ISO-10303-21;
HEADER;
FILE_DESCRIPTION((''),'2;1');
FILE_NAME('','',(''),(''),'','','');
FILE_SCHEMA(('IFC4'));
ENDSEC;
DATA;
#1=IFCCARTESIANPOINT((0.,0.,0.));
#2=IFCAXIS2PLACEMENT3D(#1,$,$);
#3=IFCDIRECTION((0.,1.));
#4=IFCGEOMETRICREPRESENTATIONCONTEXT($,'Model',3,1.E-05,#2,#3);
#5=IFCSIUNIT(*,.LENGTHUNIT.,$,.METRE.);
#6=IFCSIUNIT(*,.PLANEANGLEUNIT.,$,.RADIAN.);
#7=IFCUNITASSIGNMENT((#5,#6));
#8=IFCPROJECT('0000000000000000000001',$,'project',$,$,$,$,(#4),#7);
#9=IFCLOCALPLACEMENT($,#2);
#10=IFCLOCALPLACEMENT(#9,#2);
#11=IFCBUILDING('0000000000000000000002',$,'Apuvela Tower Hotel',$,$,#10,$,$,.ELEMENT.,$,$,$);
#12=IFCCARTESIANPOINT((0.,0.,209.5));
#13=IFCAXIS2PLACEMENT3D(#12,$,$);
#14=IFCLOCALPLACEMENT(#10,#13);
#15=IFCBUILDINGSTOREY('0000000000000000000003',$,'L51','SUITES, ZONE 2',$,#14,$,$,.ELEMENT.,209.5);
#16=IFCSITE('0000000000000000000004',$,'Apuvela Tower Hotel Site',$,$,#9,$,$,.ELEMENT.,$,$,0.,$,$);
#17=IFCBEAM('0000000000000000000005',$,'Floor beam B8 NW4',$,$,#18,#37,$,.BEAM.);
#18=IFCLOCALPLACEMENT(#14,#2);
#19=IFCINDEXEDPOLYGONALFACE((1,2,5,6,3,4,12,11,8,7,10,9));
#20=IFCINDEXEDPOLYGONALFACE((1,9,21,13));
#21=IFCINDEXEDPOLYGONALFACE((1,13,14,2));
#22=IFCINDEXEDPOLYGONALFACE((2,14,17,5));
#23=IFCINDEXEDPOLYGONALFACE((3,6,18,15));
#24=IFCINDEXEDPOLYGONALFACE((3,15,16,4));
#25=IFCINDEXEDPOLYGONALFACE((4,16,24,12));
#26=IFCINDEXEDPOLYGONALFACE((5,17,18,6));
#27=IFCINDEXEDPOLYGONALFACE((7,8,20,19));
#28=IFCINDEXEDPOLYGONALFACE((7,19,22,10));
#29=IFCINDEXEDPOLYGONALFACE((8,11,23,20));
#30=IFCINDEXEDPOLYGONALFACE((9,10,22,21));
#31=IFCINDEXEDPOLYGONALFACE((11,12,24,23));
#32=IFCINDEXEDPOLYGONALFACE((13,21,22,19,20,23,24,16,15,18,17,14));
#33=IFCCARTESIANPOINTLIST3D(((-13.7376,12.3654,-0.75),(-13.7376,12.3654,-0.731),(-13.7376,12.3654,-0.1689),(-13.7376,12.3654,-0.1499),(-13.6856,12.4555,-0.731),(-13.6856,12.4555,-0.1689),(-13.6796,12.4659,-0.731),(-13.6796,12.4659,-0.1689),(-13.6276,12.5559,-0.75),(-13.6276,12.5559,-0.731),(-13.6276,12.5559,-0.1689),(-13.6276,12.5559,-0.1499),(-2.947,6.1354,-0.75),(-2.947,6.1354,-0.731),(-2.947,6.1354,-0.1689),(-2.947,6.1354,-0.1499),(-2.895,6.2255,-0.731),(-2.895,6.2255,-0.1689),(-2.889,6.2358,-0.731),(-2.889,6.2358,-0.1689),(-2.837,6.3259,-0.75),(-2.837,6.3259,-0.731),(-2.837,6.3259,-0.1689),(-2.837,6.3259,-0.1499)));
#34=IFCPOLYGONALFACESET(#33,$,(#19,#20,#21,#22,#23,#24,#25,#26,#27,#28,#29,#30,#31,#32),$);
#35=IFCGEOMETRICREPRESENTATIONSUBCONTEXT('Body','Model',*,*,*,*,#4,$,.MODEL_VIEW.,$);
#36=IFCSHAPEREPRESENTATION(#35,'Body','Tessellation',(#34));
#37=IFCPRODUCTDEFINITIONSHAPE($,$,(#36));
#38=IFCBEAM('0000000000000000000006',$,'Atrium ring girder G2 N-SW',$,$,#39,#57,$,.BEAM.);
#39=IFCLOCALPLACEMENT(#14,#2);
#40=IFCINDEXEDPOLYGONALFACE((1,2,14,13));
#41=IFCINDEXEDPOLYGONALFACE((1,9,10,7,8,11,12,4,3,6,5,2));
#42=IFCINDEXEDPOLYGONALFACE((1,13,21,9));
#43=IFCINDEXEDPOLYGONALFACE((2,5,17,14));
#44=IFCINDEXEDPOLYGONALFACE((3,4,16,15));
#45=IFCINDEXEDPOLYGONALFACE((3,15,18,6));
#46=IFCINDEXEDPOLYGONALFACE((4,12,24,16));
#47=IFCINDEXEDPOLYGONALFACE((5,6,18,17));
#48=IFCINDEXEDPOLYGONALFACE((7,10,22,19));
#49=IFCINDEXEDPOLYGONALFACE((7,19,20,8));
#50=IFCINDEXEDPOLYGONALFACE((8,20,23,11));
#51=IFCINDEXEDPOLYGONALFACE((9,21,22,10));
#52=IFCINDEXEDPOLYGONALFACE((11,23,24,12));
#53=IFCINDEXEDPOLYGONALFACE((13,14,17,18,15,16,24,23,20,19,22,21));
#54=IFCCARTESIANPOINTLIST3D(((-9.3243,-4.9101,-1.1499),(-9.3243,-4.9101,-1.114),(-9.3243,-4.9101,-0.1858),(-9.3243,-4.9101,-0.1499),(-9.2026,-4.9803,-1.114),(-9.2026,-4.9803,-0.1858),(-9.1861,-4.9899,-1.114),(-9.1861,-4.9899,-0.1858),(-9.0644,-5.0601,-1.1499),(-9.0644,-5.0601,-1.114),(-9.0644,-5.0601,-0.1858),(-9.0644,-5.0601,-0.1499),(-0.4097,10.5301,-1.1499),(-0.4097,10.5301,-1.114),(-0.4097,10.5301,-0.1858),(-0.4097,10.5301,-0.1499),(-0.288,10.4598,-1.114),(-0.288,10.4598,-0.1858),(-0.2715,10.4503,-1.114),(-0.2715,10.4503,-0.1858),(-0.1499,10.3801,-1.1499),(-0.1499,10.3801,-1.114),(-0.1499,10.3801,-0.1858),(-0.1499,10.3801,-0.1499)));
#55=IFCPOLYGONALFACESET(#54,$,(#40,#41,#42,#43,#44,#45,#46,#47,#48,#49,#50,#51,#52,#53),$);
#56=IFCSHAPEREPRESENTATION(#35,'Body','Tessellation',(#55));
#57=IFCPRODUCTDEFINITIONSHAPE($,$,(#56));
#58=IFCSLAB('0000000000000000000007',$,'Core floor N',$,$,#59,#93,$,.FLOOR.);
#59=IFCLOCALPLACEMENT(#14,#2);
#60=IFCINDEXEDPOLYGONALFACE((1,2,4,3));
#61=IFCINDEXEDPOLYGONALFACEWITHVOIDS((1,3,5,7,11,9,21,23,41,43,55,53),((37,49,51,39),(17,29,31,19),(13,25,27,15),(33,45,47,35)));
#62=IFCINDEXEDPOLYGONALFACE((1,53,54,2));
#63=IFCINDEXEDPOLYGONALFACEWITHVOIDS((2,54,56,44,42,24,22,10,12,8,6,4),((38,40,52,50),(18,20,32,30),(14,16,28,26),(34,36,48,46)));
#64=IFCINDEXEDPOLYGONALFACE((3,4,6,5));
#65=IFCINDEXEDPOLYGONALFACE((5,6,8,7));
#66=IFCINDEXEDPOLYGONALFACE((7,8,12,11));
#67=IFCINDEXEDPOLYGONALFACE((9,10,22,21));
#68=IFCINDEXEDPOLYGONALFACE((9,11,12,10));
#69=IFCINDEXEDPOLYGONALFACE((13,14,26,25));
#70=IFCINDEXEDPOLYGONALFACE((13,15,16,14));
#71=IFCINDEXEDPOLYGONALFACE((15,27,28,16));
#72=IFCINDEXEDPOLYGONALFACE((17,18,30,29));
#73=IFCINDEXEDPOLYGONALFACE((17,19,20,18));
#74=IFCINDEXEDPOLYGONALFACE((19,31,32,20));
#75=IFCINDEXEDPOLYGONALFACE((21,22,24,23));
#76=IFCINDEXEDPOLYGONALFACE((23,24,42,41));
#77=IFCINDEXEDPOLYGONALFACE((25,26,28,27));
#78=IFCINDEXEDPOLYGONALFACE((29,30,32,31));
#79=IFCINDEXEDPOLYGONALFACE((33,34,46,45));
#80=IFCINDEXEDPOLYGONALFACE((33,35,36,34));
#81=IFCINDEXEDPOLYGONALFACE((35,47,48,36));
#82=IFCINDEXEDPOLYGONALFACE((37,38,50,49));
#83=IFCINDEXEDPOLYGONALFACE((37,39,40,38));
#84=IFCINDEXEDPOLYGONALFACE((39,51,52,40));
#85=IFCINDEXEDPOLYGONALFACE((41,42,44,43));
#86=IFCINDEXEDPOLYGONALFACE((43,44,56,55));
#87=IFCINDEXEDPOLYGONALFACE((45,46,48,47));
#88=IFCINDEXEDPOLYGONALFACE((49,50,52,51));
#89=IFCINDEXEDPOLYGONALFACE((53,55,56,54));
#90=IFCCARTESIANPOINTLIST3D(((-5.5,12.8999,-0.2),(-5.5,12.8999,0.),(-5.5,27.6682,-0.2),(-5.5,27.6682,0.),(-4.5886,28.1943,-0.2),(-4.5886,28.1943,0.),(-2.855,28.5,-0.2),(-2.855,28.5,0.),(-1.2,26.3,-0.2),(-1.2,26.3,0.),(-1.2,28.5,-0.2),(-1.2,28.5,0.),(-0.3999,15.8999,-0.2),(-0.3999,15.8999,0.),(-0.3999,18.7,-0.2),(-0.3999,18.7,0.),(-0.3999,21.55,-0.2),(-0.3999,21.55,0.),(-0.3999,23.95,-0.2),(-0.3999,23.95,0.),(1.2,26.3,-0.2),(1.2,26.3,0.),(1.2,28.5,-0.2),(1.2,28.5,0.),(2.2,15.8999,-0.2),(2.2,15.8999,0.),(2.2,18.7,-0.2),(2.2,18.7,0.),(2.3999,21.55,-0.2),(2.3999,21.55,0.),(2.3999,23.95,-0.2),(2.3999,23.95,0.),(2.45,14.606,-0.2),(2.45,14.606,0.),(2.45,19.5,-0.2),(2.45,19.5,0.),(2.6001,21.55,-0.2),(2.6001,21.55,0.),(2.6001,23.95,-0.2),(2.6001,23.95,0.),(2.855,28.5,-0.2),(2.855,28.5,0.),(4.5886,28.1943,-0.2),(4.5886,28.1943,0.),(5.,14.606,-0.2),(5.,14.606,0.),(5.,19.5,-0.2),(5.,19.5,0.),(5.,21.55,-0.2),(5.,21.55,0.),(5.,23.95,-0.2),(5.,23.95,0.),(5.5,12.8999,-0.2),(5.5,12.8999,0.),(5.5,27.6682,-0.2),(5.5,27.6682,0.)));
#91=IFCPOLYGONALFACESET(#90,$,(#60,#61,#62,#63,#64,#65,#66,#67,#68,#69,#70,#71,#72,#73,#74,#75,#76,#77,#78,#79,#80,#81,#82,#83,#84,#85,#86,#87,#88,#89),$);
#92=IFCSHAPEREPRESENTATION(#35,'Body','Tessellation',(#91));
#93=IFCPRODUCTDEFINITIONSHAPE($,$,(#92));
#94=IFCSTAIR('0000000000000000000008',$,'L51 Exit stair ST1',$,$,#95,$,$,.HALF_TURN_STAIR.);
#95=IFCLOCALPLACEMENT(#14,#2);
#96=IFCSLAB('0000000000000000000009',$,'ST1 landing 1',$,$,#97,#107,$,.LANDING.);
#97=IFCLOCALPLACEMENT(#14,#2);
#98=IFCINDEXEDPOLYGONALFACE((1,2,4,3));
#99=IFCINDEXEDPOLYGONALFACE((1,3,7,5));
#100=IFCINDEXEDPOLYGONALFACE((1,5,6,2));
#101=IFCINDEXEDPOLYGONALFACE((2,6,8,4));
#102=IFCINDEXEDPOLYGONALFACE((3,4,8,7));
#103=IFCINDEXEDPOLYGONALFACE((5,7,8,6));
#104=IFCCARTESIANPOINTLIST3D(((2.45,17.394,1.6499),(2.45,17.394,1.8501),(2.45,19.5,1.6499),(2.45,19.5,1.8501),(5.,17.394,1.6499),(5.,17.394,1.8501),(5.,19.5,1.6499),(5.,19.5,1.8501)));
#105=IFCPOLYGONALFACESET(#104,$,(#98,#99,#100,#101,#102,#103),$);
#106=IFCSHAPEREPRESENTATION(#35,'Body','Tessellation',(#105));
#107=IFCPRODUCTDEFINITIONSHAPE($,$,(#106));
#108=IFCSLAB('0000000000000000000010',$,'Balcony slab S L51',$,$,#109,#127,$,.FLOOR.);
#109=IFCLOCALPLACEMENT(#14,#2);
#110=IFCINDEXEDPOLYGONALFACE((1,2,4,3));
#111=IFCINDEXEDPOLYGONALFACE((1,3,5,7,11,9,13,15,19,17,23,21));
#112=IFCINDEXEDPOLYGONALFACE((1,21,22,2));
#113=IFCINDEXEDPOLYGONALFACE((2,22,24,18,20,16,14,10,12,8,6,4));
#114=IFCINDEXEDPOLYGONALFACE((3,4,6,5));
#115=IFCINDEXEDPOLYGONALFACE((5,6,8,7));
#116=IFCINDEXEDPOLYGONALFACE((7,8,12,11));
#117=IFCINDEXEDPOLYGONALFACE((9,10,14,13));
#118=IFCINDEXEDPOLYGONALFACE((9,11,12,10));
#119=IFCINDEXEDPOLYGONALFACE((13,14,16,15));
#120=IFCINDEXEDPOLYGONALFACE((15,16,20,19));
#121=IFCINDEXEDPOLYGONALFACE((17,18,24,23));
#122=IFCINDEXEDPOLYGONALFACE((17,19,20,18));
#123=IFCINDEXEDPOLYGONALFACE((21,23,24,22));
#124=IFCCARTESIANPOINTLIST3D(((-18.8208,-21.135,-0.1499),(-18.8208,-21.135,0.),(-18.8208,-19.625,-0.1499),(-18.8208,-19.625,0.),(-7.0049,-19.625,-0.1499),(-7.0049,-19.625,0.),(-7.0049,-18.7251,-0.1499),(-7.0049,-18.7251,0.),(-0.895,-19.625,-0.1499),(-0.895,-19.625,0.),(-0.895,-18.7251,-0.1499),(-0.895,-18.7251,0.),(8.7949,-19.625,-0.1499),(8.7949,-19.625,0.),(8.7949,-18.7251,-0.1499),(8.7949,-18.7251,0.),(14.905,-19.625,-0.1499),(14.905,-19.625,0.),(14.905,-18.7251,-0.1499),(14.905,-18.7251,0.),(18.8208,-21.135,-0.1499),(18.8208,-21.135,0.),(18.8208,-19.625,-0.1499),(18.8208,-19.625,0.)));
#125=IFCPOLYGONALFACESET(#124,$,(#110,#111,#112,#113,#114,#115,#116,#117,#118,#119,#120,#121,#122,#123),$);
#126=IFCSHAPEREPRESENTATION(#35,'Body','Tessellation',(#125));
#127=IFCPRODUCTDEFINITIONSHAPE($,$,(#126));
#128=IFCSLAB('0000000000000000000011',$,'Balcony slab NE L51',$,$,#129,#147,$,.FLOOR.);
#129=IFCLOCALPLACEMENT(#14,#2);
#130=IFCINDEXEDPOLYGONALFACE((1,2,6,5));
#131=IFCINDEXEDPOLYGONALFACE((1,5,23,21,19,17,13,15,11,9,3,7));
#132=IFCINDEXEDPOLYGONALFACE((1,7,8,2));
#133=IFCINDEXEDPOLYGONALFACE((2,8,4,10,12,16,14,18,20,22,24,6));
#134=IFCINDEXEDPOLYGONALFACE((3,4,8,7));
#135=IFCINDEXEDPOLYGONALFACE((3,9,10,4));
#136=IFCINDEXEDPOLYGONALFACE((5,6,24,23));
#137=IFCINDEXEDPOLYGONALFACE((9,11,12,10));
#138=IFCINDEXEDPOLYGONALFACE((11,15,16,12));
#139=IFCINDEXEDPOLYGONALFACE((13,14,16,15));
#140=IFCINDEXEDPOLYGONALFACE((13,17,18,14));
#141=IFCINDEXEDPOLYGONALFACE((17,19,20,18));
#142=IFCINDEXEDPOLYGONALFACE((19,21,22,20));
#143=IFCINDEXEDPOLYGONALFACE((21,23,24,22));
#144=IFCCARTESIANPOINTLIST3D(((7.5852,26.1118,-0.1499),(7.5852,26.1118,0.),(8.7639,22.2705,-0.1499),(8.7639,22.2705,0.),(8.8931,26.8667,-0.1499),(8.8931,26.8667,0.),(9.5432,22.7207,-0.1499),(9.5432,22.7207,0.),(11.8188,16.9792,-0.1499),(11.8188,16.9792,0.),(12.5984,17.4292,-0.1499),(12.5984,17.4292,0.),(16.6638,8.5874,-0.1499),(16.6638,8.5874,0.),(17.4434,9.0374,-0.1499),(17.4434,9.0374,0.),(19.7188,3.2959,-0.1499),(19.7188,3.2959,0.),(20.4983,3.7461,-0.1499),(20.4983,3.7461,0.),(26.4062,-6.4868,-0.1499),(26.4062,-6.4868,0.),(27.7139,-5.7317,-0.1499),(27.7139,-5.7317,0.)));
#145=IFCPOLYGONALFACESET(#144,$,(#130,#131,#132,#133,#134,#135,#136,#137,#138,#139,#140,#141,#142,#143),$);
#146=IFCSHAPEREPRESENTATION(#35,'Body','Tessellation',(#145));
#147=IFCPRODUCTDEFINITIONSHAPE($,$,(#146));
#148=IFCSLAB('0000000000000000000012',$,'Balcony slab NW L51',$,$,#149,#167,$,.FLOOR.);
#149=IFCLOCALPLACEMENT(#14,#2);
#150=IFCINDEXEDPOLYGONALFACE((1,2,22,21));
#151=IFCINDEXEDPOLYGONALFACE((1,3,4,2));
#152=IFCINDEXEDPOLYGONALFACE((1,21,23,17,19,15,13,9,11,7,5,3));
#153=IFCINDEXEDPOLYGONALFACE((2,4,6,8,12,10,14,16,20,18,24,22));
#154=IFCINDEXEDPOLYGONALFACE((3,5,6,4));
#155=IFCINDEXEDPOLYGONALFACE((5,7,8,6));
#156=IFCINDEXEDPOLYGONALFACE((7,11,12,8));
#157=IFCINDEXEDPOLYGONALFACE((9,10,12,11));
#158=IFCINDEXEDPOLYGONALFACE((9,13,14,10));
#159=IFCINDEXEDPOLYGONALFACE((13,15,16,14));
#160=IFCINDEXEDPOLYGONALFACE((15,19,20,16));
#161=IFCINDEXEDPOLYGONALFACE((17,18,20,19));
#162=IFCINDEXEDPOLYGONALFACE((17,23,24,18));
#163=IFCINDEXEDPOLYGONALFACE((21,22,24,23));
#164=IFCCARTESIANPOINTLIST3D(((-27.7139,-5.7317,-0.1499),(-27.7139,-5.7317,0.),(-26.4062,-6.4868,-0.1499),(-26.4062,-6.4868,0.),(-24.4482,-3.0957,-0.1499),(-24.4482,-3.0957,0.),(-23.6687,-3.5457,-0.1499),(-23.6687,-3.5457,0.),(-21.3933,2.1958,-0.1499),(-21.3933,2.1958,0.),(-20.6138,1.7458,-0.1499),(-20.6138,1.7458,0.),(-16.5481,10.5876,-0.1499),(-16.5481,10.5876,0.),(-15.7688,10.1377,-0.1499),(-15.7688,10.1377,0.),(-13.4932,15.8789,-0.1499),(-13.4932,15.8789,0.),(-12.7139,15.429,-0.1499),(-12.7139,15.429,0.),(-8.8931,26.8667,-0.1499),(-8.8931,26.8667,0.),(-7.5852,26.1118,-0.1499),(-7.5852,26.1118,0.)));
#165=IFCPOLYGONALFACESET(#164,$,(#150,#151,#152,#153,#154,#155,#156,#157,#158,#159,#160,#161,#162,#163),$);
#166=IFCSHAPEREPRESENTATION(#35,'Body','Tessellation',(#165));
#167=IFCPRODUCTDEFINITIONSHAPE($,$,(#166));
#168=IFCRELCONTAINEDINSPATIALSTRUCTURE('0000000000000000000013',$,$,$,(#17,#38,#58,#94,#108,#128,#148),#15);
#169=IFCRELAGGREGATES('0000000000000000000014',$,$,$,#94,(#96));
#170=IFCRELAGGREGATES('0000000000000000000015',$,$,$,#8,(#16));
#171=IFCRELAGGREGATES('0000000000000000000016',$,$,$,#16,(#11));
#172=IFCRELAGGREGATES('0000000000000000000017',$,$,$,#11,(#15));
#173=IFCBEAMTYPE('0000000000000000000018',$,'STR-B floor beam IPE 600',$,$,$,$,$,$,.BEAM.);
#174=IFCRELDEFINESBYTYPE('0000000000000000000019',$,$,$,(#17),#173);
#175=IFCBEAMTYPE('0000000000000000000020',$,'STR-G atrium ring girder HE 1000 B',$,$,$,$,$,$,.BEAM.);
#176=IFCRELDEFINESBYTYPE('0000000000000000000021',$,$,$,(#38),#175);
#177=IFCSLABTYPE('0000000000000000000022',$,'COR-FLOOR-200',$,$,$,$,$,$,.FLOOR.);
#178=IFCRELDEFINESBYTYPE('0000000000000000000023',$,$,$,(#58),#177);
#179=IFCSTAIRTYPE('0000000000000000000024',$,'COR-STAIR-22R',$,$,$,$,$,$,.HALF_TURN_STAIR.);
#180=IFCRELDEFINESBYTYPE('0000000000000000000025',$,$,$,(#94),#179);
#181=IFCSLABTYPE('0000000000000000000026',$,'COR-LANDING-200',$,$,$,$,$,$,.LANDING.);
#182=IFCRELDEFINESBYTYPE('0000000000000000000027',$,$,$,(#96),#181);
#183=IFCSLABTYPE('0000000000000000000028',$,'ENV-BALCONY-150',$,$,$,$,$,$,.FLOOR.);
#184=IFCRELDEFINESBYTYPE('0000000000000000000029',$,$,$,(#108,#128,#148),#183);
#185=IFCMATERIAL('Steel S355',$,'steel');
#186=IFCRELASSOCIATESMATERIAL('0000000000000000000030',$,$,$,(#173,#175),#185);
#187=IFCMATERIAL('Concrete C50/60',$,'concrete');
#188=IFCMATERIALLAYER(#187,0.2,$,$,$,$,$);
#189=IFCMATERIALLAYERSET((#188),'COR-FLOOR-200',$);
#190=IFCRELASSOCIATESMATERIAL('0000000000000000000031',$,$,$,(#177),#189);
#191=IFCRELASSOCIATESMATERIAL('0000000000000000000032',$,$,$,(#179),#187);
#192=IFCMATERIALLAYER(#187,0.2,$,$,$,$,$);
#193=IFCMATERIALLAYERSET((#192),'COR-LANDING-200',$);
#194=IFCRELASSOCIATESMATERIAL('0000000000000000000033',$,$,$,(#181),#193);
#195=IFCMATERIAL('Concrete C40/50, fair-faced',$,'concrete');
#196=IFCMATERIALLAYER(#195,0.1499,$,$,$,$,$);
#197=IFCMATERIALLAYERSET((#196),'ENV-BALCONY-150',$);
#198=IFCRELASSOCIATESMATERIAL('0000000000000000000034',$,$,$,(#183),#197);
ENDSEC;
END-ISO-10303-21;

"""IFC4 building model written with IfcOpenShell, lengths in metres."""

from ifc_helpers import new_model, si_unit, direction, frame, origin, origin_2d, place, context, subcontext, project, spatial, polyline, i_section, outline, extrude, material, layer, layer_set, material_profile, profile_set, type_object, element, aggregate, save


model = new_model("IFC4")

# Units and contexts
model_context = context("Model", 3, precision=1e-05, world=origin(), true_north=direction((0.0, 1.0)))
body_context = subcontext(model_context, "Body", "Model", "MODEL_VIEW")
ifc_project = project(units=[si_unit("LENGTHUNIT", "METRE"), si_unit("PLANEANGLEUNIT", "RADIAN")], contexts=[model_context])

# Site, building, storey
site_placement = place(None, origin())
site = spatial("IfcSite", under=ifc_project, at=site_placement, Name="Apuvela Tower Hotel Site", CompositionType="ELEMENT", RefElevation=0.0)
building_placement = place(site_placement, origin())
building = spatial("IfcBuilding", under=site, at=building_placement, Name="Apuvela Tower Hotel", CompositionType="ELEMENT")
storey_placement = place(building_placement, frame((0.0, 0.0, 209.5)))
storey = spatial("IfcBuildingStorey", under=building, at=storey_placement, Name="L51", Description="SUITES, ZONE 2", CompositionType="ELEMENT", Elevation=209.5)

# Beams
ifc_material_1 = material(Name="Steel S355", Category="steel")
ifc_material_profile_1 = material_profile(ifc_material_1, i_section(OverallWidth=0.22, OverallDepth=0.6001, WebThickness=0.012, FlangeThickness=0.019, at=origin_2d()), Name="IPE 600")
ifc_profile_set_1 = profile_set([ifc_material_profile_1], Name="Steel S355")
beam_type_1 = type_object("IfcBeamType", Name="STR-B floor beam IPE 600", PredefinedType="BEAM", material=ifc_profile_set_1)
beam_1_placement = place(storey_placement, frame((-13.6826, 12.4607, -0.45), z_axis=(0.866023, -0.500004, 0.0), x_axis=(0.500004, 0.866023, 0.0)))
element("IfcBeam", 1, at=beam_1_placement, inside=storey, type_object=beam_type_1, Name="Floor beam B8 NW4", PredefinedType="BEAM", context=body_context, shape_type="SweptSolid", body=[
    extrude(i_section(OverallWidth=0.22, OverallDepth=0.6001, WebThickness=0.012, FlangeThickness=0.019, at=origin_2d()), origin(), (0.0, 0.0, 1.0), 12.46),
])
ifc_material_profile_2 = material_profile(ifc_material_1, i_section(OverallWidth=0.3, OverallDepth=1.0, WebThickness=0.019, FlangeThickness=0.0359, at=origin_2d()), Name="HE 1000 B")
ifc_profile_set_2 = profile_set([ifc_material_profile_2], Name="Steel S355")
beam_type_2 = type_object("IfcBeamType", Name="STR-G atrium ring girder HE 1000 B", PredefinedType="BEAM", material=ifc_profile_set_2)
beam_2_placement = place(storey_placement, frame((-0.2798, 10.4551, -0.6499), z_axis=(-0.500007, -0.866022, 0.0), x_axis=(0.866022, -0.500007, 0.0)))
element("IfcBeam", 2, at=beam_2_placement, inside=storey, type_object=beam_type_2, Name="Atrium ring girder G2 N-SW", PredefinedType="BEAM", context=body_context, shape_type="SweptSolid", body=[
    extrude(i_section(OverallWidth=0.3, OverallDepth=1.0, WebThickness=0.019, FlangeThickness=0.0359, at=origin_2d()), origin(), (0.0, 0.0, 1.0), 17.8289),
])

# Slab
ifc_material_2 = material(Name="Concrete C50/60", Category="concrete")
ifc_layer_1 = layer(ifc_material_2, 0.2)
ifc_layer_set_1 = layer_set([ifc_layer_1], Name="COR-FLOOR-200")
slab_type_1 = type_object("IfcSlabType", Name="COR-FLOOR-200", PredefinedType="FLOOR", material=ifc_layer_set_1)
slab_1_placement = place(storey_placement, frame((0.0, 0.0, -0.2)))
element("IfcSlab", 3, at=slab_1_placement, inside=storey, type_object=slab_type_1, Name="Core floor N", PredefinedType="FLOOR", context=body_context, shape_type="SweptSolid", body=[
    extrude(outline(polyline([(5.5, 27.6682), (4.5886, 28.1943), (2.855, 28.5), (1.2, 28.5), (1.2, 26.3), (-1.2, 26.3), (-1.2, 28.5), (-2.855, 28.5), (-4.5886, 28.1943), (-5.5, 27.6682), (-5.5, 12.8999), (5.5, 12.8999), (5.5, 27.6682)]), holes=[polyline([(5.0, 14.606), (2.45, 14.606), (2.45, 19.5), (5.0, 19.5), (5.0, 14.606)]), polyline([(2.2, 15.8999), (-0.3999, 15.8999), (-0.3999, 18.7), (2.2, 18.7), (2.2, 15.8999)]), polyline([(5.0, 21.55), (2.6001, 21.55), (2.6001, 23.95), (5.0, 23.95), (5.0, 21.55)]), polyline([(2.3999, 21.55), (-0.3999, 21.55), (-0.3999, 23.95), (2.3999, 23.95), (2.3999, 21.55)])]), origin(), (0.0, 0.0, 1.0), 0.2),
])

# Stair, slab
stair_type = type_object("IfcStairType", Name="COR-STAIR-22R", PredefinedType="HALF_TURN_STAIR", material=ifc_material_2)
stair_placement = place(storey_placement, origin())
stair = element("IfcStair", 4, at=stair_placement, inside=storey, type_object=stair_type, Name="L51 Exit stair ST1", PredefinedType="HALF_TURN_STAIR")
ifc_layer_2 = layer(ifc_material_2, 0.2)
ifc_layer_set_2 = layer_set([ifc_layer_2], Name="COR-LANDING-200")
slab_type_2 = type_object("IfcSlabType", Name="COR-LANDING-200", PredefinedType="LANDING", material=ifc_layer_set_2)
slab_2_placement = place(storey_placement, frame((0.0, 0.0, 1.6499)))
slab_2 = element("IfcSlab", 5, at=slab_2_placement, type_object=slab_type_2, Name="ST1 landing 1", PredefinedType="LANDING", context=body_context, shape_type="SweptSolid", body=[
    extrude(outline(polyline([(5.0, 17.394), (5.0, 19.5), (2.45, 19.5), (2.45, 17.394), (5.0, 17.394)])), origin(), (0.0, 0.0, 1.0), 0.2002),
])
aggregate(stair, [slab_2])

# Slabs
ifc_material_3 = material(Name="Concrete C40/50, fair-faced", Category="concrete")
ifc_layer_3 = layer(ifc_material_3, 0.1499)
ifc_layer_set_3 = layer_set([ifc_layer_3], Name="ENV-BALCONY-150")
slab_type_3 = type_object("IfcSlabType", Name="ENV-BALCONY-150", PredefinedType="FLOOR", material=ifc_layer_set_3)
slab_3_placement = place(storey_placement, frame((0.0, 0.0, -0.1499)))
element("IfcSlab", 6, at=slab_3_placement, inside=storey, type_object=slab_type_3, Name="Balcony slab S L51", PredefinedType="FLOOR", context=body_context, shape_type="SweptSolid", body=[
    extrude(outline(polyline([(18.8208, -21.135), (-18.8208, -21.135), (-18.8208, -19.625), (-7.0049, -19.625), (-7.0049, -18.7251), (-0.895, -18.7251), (-0.895, -19.625), (8.7949, -19.625), (8.7949, -18.7251), (14.905, -18.7251), (14.905, -19.625), (18.8208, -19.625), (18.8208, -21.135)])), origin(), (0.0, 0.0, 1.0), 0.1499),
])
slab_4_placement = place(storey_placement, frame((0.0, 0.0, -0.1499)))
element("IfcSlab", 7, at=slab_4_placement, inside=storey, type_object=slab_type_3, Name="Balcony slab NE L51", PredefinedType="FLOOR", context=body_context, shape_type="SweptSolid", body=[
    extrude(outline(polyline([(17.4434, 9.0374), (12.5984, 17.4292), (11.8188, 16.9792), (8.7639, 22.2705), (9.5432, 22.7207), (7.5852, 26.1118), (8.8931, 26.8667), (27.7139, -5.7317), (26.4062, -6.4868), (20.4983, 3.7461), (19.7188, 3.2959), (16.6638, 8.5874), (17.4434, 9.0374)])), origin(), (0.0, 0.0, 1.0), 0.1499),
])
slab_5_placement = place(storey_placement, frame((0.0, 0.0, -0.1499)))
element("IfcSlab", 8, at=slab_5_placement, inside=storey, type_object=slab_type_3, Name="Balcony slab NW L51", PredefinedType="FLOOR", context=body_context, shape_type="SweptSolid", body=[
    extrude(outline(polyline([(-27.7139, -5.7317), (-8.8931, 26.8667), (-7.5852, 26.1118), (-13.4932, 15.8789), (-12.7139, 15.429), (-15.7688, 10.1377), (-16.5481, 10.5876), (-21.3933, 2.1958), (-20.6138, 1.7458), (-23.6687, -3.5457), (-24.4482, -3.0957), (-26.4062, -6.4868), (-27.7139, -5.7317)])), origin(), (0.0, 0.0, 1.0), 0.1499),
])

save(model, "model.ifc")
